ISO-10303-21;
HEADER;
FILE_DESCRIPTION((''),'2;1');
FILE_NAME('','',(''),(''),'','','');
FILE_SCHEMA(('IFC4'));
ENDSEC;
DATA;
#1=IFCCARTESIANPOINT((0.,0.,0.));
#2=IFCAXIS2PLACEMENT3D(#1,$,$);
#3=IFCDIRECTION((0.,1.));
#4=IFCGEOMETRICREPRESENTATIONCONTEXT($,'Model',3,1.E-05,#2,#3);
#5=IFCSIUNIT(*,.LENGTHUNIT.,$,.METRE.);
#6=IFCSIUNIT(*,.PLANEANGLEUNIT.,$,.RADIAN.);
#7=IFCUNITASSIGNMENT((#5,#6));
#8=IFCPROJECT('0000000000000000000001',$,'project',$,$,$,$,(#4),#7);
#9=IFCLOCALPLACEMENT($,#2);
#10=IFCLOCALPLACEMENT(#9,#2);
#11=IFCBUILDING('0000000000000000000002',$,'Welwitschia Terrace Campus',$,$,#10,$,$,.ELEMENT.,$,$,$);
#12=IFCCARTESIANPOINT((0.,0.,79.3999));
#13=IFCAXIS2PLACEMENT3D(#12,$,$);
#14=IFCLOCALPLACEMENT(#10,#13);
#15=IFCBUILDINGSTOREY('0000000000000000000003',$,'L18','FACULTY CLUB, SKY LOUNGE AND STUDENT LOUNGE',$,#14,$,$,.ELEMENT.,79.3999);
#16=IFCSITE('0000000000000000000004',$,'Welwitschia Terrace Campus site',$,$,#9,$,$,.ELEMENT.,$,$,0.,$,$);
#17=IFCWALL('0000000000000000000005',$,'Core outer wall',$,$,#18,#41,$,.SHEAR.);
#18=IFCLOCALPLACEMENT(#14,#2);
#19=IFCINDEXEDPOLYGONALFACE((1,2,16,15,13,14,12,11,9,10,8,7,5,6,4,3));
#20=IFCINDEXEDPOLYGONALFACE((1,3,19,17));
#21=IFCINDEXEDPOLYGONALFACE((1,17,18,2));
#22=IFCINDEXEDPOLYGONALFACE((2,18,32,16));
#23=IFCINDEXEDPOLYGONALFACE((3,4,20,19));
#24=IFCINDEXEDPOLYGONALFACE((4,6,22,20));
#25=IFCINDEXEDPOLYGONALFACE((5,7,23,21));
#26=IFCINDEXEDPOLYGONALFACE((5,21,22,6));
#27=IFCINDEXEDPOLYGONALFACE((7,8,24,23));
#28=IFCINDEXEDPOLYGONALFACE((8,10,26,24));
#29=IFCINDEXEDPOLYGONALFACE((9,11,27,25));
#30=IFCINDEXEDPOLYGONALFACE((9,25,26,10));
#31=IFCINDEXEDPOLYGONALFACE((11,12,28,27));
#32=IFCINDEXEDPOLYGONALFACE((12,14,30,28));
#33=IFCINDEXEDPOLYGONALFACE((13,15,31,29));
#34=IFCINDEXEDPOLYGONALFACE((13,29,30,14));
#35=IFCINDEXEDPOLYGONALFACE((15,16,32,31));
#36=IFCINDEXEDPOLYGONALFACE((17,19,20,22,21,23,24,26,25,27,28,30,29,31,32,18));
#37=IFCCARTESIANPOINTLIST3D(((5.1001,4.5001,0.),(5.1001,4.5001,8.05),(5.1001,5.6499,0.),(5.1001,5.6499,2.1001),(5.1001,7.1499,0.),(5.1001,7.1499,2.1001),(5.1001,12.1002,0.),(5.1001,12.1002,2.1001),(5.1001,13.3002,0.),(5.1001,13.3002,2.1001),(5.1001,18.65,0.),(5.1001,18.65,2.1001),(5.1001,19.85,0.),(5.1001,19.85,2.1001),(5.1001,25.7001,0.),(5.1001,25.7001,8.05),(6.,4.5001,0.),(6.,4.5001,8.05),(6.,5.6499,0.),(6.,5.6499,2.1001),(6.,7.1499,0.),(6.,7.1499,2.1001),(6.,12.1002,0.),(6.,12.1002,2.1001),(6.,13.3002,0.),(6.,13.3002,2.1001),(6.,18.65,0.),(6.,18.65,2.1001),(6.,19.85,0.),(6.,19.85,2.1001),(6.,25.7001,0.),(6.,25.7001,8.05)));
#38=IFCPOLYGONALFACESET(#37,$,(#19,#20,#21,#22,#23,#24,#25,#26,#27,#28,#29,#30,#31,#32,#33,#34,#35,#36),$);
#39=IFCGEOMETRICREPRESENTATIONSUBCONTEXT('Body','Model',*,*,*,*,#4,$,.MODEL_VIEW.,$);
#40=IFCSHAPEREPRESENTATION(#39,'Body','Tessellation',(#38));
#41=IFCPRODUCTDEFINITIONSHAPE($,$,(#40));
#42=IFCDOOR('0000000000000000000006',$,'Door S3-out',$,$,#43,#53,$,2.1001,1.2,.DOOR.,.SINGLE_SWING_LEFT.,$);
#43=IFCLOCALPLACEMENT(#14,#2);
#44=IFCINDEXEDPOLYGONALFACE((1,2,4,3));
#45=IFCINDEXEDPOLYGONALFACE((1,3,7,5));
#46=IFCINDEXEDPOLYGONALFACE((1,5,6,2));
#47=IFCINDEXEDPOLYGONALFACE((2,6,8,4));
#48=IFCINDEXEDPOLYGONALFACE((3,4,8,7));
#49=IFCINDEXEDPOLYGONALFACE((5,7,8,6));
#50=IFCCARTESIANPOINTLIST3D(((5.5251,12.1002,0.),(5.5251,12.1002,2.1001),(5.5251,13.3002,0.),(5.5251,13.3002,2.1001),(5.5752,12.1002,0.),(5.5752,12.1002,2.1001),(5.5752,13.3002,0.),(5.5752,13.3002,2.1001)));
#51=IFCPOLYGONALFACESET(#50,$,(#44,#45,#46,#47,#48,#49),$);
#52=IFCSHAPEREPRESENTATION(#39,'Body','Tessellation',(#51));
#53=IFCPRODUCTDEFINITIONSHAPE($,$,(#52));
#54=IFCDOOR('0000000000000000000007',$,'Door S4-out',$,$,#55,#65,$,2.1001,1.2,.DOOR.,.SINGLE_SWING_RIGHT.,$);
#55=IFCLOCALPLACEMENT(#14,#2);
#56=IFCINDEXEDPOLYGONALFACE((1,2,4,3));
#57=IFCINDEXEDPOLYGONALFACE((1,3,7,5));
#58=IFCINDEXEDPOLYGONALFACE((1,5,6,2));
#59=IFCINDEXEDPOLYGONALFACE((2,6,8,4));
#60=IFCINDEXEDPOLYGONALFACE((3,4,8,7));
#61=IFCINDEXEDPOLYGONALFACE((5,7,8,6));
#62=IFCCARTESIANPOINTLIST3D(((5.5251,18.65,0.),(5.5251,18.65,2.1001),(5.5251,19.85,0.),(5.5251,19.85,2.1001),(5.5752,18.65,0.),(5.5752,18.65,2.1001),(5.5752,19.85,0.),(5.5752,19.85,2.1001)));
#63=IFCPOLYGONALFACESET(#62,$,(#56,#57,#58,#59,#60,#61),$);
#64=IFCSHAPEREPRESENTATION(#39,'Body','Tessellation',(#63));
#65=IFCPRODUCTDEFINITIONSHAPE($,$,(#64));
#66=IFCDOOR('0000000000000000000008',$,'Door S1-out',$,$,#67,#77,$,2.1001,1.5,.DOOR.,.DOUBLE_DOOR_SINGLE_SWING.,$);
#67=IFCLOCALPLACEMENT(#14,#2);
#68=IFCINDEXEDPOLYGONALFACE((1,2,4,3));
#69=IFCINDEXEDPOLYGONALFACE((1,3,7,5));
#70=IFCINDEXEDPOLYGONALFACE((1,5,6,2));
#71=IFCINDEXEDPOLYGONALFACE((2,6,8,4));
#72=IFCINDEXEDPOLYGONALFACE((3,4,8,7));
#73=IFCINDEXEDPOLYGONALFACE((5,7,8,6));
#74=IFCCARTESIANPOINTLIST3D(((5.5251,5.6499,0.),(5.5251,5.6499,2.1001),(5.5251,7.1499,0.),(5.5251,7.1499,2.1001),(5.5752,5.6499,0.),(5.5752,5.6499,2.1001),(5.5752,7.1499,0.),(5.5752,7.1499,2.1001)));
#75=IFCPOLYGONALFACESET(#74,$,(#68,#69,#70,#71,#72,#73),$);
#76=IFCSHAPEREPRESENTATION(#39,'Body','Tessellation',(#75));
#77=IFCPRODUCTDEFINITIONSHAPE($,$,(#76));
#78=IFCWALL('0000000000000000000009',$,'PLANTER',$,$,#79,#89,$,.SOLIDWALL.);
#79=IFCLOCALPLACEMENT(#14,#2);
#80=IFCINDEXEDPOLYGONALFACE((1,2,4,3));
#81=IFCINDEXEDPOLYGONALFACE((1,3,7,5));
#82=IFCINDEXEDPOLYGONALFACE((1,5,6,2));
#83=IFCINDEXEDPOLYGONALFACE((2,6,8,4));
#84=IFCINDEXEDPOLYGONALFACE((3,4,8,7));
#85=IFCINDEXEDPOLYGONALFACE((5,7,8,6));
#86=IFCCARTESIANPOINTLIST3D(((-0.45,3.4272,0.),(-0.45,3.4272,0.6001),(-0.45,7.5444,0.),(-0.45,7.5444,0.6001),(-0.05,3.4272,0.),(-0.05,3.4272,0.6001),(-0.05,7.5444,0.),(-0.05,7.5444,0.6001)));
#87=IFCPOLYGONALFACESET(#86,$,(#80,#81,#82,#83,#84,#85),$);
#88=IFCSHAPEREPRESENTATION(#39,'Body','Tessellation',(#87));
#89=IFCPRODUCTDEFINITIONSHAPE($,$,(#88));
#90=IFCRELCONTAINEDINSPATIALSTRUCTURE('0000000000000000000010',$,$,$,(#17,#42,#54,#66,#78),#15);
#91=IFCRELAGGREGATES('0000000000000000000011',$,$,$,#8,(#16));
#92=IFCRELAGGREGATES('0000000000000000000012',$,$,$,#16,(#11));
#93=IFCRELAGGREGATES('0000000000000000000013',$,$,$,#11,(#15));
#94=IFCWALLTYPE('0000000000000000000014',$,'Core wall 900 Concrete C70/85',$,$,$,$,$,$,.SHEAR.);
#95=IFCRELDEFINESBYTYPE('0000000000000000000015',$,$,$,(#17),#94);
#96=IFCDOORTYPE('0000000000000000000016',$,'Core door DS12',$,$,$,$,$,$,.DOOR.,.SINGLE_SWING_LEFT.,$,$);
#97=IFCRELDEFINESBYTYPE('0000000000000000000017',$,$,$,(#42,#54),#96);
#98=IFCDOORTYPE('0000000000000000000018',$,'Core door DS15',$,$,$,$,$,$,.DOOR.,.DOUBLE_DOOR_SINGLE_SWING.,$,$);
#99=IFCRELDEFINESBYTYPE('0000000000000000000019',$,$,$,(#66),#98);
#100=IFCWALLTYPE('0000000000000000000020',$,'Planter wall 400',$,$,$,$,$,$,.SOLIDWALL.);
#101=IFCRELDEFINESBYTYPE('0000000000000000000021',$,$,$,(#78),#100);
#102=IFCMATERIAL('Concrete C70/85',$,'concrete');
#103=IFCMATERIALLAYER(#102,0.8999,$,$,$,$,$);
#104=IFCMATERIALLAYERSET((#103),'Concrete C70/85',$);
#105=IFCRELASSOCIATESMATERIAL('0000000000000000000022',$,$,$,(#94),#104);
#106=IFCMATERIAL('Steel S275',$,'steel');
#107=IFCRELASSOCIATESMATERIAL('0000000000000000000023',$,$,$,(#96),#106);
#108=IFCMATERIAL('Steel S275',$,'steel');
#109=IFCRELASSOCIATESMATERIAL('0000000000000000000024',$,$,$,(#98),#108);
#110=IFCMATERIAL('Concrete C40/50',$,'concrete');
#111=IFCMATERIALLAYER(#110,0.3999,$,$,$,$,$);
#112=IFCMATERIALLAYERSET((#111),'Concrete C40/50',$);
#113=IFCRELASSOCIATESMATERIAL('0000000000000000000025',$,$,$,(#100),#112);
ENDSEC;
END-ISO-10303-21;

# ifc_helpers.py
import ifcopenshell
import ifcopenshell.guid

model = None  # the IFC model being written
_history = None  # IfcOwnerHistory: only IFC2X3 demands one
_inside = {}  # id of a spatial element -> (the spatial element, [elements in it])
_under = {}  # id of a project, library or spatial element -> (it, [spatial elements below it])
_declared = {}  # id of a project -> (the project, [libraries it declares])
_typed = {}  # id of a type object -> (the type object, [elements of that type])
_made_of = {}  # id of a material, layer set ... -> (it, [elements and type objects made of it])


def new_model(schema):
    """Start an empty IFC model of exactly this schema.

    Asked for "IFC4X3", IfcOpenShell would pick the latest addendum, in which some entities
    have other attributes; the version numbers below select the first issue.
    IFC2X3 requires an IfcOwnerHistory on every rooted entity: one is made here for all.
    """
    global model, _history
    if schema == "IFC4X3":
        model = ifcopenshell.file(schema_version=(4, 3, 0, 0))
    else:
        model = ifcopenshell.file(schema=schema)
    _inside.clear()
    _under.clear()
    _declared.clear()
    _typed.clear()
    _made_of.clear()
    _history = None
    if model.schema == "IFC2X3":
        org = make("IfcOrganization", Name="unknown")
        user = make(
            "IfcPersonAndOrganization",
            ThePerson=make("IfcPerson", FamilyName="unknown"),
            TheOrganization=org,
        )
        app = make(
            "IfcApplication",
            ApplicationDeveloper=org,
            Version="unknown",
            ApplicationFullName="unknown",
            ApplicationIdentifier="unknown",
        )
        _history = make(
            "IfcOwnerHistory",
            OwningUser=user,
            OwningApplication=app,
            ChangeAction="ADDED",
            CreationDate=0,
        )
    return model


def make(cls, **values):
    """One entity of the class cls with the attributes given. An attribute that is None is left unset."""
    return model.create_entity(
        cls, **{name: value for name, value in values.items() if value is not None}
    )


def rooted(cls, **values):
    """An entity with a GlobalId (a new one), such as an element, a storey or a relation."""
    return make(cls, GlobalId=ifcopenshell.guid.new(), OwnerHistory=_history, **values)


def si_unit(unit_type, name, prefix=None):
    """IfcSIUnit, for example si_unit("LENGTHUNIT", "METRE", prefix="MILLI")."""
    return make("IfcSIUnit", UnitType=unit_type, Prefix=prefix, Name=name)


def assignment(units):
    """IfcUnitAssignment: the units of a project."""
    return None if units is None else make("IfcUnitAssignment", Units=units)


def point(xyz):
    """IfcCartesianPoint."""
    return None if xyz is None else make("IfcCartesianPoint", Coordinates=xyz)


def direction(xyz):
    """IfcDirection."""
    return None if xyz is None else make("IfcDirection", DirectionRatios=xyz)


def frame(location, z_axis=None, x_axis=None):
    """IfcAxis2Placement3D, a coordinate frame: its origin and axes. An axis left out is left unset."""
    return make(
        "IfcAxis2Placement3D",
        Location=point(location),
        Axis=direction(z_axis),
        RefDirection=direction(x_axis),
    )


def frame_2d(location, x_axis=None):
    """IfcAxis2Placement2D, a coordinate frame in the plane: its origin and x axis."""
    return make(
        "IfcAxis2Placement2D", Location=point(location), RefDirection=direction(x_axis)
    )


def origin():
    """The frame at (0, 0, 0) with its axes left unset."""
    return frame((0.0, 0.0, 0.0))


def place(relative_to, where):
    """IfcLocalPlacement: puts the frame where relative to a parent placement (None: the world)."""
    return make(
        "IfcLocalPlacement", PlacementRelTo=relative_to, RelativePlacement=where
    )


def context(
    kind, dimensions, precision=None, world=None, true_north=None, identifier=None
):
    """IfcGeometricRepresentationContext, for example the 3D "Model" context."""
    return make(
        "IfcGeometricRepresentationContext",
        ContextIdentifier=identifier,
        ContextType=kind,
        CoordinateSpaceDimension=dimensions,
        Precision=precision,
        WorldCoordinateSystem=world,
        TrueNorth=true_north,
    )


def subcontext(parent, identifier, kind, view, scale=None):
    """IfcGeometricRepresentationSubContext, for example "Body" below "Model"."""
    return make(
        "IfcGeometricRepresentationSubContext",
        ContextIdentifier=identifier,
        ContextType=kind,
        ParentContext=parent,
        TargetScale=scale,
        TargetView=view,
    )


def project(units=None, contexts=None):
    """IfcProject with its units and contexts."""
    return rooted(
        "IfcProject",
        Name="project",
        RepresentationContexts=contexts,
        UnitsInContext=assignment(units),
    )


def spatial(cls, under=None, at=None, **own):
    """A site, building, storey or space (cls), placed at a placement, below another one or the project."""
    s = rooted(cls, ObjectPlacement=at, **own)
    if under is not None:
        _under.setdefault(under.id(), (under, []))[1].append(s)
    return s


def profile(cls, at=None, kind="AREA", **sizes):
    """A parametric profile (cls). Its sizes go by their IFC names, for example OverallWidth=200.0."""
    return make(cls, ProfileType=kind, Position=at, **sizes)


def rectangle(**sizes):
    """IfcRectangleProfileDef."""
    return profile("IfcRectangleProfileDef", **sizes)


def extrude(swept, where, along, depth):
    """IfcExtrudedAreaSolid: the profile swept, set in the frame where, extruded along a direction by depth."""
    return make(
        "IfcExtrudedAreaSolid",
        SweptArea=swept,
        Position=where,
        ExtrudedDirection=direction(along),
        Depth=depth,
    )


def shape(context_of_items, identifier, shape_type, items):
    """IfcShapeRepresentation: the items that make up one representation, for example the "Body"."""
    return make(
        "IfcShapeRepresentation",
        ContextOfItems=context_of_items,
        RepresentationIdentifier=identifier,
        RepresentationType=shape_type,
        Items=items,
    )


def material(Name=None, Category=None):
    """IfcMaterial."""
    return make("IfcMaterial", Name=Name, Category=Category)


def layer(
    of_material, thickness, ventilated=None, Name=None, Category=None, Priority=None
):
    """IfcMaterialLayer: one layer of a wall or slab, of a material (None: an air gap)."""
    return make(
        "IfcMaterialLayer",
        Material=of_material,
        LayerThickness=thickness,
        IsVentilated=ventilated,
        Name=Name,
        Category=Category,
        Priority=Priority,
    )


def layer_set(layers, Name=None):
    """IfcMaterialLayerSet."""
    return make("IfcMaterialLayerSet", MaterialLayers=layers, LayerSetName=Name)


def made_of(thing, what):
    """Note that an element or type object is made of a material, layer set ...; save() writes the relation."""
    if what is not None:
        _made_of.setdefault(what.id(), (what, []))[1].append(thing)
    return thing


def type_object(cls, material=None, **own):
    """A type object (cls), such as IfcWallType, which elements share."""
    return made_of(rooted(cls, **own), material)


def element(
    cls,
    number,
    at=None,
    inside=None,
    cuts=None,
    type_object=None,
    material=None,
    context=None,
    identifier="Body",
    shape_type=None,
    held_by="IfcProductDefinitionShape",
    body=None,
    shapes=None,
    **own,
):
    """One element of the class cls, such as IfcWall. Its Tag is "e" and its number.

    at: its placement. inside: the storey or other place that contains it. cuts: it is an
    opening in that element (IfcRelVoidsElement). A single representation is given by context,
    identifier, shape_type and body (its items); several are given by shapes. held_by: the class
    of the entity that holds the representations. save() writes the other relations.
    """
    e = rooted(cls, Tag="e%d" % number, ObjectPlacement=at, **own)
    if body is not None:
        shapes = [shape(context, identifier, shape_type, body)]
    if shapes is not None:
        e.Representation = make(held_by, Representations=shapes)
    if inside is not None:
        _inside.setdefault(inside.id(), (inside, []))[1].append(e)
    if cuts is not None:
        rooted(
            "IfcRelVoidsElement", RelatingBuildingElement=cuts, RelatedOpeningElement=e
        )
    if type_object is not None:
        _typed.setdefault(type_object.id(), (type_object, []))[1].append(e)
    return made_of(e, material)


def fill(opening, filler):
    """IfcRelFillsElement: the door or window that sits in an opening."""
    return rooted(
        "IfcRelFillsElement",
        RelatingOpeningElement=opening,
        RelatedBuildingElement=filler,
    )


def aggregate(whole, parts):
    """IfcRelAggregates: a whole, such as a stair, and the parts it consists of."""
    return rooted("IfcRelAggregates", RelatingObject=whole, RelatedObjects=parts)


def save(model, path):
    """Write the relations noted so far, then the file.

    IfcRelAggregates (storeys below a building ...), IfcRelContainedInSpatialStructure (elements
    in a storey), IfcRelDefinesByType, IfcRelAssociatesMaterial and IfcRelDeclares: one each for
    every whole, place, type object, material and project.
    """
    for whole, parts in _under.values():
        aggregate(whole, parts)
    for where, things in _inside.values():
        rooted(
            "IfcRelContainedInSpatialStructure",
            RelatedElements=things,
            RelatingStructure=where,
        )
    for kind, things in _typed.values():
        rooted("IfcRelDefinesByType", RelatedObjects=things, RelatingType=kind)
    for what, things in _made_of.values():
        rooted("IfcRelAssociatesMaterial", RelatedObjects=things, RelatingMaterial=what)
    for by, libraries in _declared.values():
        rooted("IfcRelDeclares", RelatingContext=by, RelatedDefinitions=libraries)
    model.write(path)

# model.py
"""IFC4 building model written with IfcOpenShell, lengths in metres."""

from ifc_helpers import new_model, si_unit, direction, frame, frame_2d, origin, place, context, subcontext, project, spatial, rectangle, extrude, material, layer, layer_set, type_object, element, fill, save


model = new_model("IFC4")

# Units and contexts
model_context = context("Model", 3, precision=1e-05, world=origin(), true_north=direction((0.0, 1.0)))
body_context = subcontext(model_context, "Body", "Model", "MODEL_VIEW")
ifc_project = project(units=[si_unit("LENGTHUNIT", "METRE"), si_unit("PLANEANGLEUNIT", "RADIAN")], contexts=[model_context])

# Site, building, storey
site_placement = place(None, origin())
site = spatial("IfcSite", under=ifc_project, at=site_placement, Name="Welwitschia Terrace Campus site", CompositionType="ELEMENT", RefElevation=0.0)
building_placement = place(site_placement, origin())
building = spatial("IfcBuilding", under=site, at=building_placement, Name="Welwitschia Terrace Campus", CompositionType="ELEMENT")
storey_placement = place(building_placement, frame((0.0, 0.0, 79.3999)))
storey = spatial("IfcBuildingStorey", under=building, at=storey_placement, Name="L18", Description="FACULTY CLUB, SKY LOUNGE AND STUDENT LOUNGE", CompositionType="ELEMENT", Elevation=79.3999)

# Wall, openings, doors
ifc_material_1 = material(Name="Concrete C70/85", Category="concrete")
ifc_layer_1 = layer(ifc_material_1, 0.8999)
ifc_layer_set_1 = layer_set([ifc_layer_1], Name="Concrete C70/85")
wall_type_1 = type_object("IfcWallType", Name="Core wall 900 Concrete C70/85", PredefinedType="SHEAR", material=ifc_layer_set_1)
wall_1_placement = place(storey_placement, frame((5.55, 4.5, 0.0), z_axis=(0.0, 0.0, 1.0), x_axis=(0.0, 1.0, 0.0)))
wall_1 = element("IfcWall", 1, at=wall_1_placement, inside=storey, type_object=wall_type_1, Name="Core outer wall", PredefinedType="SHEAR", context=body_context, shape_type="SweptSolid", body=[
    extrude(rectangle(XDim=21.2, YDim=0.8999, at=frame_2d((10.6001, 0.0))), origin(), (0.0, 0.0, 1.0), 8.05),
])
opening_1_placement = place(wall_1_placement, frame((1.1499, 0.0, 0.0)))
opening_1 = element("IfcOpeningElement", 2, at=opening_1_placement, cuts=wall_1, PredefinedType="OPENING", context=body_context, shape_type="SweptSolid", body=[
    extrude(rectangle(XDim=1.5, YDim=2.1001, at=frame_2d((0.75, 1.05))), frame((0.0, 0.46, 0.0), z_axis=(0.0, -1.0, 0.0), x_axis=(1.0, 0.0, 0.0)), (0.0, 0.0, 1.0), 0.9199),
])
opening_2_placement = place(wall_1_placement, frame((7.6001, 0.0, 0.0)))
opening_2 = element("IfcOpeningElement", 3, at=opening_2_placement, cuts=wall_1, PredefinedType="OPENING", context=body_context, shape_type="SweptSolid", body=[
    extrude(rectangle(XDim=1.2, YDim=2.1001, at=frame_2d((0.6001, 1.05))), frame((0.0, 0.46, 0.0), z_axis=(0.0, -1.0, 0.0), x_axis=(1.0, 0.0, 0.0)), (0.0, 0.0, 1.0), 0.9199),
])
opening_3_placement = place(wall_1_placement, frame((14.1499, 0.0, 0.0)))
opening_3 = element("IfcOpeningElement", 4, at=opening_3_placement, cuts=wall_1, PredefinedType="OPENING", context=body_context, shape_type="SweptSolid", body=[
    extrude(rectangle(XDim=1.2, YDim=2.1001, at=frame_2d((0.6001, 1.05))), frame((0.0, 0.46, 0.0), z_axis=(0.0, -1.0, 0.0), x_axis=(1.0, 0.0, 0.0)), (0.0, 0.0, 1.0), 0.9199),
])
ifc_material_2 = material(Name="Steel S275", Category="steel")
door_type_1 = type_object("IfcDoorType", Name="Core door DS12", OperationType="SINGLE_SWING_LEFT", PredefinedType="DOOR", material=ifc_material_2)
door_1_placement = place(opening_2_placement, origin())
door_1 = element("IfcDoor", 5, at=door_1_placement, inside=storey, type_object=door_type_1, Name="Door S3-out", OperationType="SINGLE_SWING_LEFT", OverallHeight=2.1001, OverallWidth=1.2, PredefinedType="DOOR", context=body_context, shape_type="SweptSolid", body=[
    extrude(rectangle(XDim=1.2, YDim=2.1001, at=frame_2d((0.6001, 1.05))), frame((0.0, 0.0249, 0.0), z_axis=(0.0, -1.0, 0.0), x_axis=(1.0, 0.0, 0.0)), (0.0, 0.0, 1.0), 0.05),
])
fill(opening_2, door_1)
door_2_placement = place(opening_3_placement, origin())
door_2 = element("IfcDoor", 6, at=door_2_placement, inside=storey, type_object=door_type_1, Name="Door S4-out", OperationType="SINGLE_SWING_RIGHT", OverallHeight=2.1001, OverallWidth=1.2, PredefinedType="DOOR", context=body_context, shape_type="SweptSolid", body=[
    extrude(rectangle(XDim=1.2, YDim=2.1001, at=frame_2d((0.6001, 1.05))), frame((0.0, 0.0249, 0.0), z_axis=(0.0, -1.0, 0.0), x_axis=(1.0, 0.0, 0.0)), (0.0, 0.0, 1.0), 0.05),
])
fill(opening_3, door_2)
ifc_material_3 = material(Name="Steel S275", Category="steel")
door_type_2 = type_object("IfcDoorType", Name="Core door DS15", OperationType="DOUBLE_DOOR_SINGLE_SWING", PredefinedType="DOOR", material=ifc_material_3)
door_3_placement = place(opening_1_placement, origin())
door_3 = element("IfcDoor", 7, at=door_3_placement, inside=storey, type_object=door_type_2, Name="Door S1-out", OperationType="DOUBLE_DOOR_SINGLE_SWING", OverallHeight=2.1001, OverallWidth=1.5, PredefinedType="DOOR", context=body_context, shape_type="SweptSolid", body=[
    extrude(rectangle(XDim=1.5, YDim=2.1001, at=frame_2d((0.75, 1.05))), frame((0.0, 0.0249, 0.0), z_axis=(0.0, -1.0, 0.0), x_axis=(1.0, 0.0, 0.0)), (0.0, 0.0, 1.0), 0.05),
])
fill(opening_1, door_3)

# Wall
ifc_material_4 = material(Name="Concrete C40/50", Category="concrete")
ifc_layer_2 = layer(ifc_material_4, 0.3999)
ifc_layer_set_2 = layer_set([ifc_layer_2], Name="Concrete C40/50")
wall_type_2 = type_object("IfcWallType", Name="Planter wall 400", PredefinedType="SOLIDWALL", material=ifc_layer_set_2)
wall_2_placement = place(storey_placement, frame((-0.25, 3.4272, 0.0), z_axis=(0.0, 0.0, 1.0), x_axis=(0.0, 1.0, 0.0)))
element("IfcWall", 8, at=wall_2_placement, inside=storey, type_object=wall_type_2, Name="PLANTER", PredefinedType="SOLIDWALL", context=body_context, shape_type="SweptSolid", body=[
    extrude(rectangle(XDim=4.1172, YDim=0.3999, at=frame_2d((2.0586, 0.0))), origin(), (0.0, 0.0, 1.0), 0.6001),
])

save(model, "model.ifc")
